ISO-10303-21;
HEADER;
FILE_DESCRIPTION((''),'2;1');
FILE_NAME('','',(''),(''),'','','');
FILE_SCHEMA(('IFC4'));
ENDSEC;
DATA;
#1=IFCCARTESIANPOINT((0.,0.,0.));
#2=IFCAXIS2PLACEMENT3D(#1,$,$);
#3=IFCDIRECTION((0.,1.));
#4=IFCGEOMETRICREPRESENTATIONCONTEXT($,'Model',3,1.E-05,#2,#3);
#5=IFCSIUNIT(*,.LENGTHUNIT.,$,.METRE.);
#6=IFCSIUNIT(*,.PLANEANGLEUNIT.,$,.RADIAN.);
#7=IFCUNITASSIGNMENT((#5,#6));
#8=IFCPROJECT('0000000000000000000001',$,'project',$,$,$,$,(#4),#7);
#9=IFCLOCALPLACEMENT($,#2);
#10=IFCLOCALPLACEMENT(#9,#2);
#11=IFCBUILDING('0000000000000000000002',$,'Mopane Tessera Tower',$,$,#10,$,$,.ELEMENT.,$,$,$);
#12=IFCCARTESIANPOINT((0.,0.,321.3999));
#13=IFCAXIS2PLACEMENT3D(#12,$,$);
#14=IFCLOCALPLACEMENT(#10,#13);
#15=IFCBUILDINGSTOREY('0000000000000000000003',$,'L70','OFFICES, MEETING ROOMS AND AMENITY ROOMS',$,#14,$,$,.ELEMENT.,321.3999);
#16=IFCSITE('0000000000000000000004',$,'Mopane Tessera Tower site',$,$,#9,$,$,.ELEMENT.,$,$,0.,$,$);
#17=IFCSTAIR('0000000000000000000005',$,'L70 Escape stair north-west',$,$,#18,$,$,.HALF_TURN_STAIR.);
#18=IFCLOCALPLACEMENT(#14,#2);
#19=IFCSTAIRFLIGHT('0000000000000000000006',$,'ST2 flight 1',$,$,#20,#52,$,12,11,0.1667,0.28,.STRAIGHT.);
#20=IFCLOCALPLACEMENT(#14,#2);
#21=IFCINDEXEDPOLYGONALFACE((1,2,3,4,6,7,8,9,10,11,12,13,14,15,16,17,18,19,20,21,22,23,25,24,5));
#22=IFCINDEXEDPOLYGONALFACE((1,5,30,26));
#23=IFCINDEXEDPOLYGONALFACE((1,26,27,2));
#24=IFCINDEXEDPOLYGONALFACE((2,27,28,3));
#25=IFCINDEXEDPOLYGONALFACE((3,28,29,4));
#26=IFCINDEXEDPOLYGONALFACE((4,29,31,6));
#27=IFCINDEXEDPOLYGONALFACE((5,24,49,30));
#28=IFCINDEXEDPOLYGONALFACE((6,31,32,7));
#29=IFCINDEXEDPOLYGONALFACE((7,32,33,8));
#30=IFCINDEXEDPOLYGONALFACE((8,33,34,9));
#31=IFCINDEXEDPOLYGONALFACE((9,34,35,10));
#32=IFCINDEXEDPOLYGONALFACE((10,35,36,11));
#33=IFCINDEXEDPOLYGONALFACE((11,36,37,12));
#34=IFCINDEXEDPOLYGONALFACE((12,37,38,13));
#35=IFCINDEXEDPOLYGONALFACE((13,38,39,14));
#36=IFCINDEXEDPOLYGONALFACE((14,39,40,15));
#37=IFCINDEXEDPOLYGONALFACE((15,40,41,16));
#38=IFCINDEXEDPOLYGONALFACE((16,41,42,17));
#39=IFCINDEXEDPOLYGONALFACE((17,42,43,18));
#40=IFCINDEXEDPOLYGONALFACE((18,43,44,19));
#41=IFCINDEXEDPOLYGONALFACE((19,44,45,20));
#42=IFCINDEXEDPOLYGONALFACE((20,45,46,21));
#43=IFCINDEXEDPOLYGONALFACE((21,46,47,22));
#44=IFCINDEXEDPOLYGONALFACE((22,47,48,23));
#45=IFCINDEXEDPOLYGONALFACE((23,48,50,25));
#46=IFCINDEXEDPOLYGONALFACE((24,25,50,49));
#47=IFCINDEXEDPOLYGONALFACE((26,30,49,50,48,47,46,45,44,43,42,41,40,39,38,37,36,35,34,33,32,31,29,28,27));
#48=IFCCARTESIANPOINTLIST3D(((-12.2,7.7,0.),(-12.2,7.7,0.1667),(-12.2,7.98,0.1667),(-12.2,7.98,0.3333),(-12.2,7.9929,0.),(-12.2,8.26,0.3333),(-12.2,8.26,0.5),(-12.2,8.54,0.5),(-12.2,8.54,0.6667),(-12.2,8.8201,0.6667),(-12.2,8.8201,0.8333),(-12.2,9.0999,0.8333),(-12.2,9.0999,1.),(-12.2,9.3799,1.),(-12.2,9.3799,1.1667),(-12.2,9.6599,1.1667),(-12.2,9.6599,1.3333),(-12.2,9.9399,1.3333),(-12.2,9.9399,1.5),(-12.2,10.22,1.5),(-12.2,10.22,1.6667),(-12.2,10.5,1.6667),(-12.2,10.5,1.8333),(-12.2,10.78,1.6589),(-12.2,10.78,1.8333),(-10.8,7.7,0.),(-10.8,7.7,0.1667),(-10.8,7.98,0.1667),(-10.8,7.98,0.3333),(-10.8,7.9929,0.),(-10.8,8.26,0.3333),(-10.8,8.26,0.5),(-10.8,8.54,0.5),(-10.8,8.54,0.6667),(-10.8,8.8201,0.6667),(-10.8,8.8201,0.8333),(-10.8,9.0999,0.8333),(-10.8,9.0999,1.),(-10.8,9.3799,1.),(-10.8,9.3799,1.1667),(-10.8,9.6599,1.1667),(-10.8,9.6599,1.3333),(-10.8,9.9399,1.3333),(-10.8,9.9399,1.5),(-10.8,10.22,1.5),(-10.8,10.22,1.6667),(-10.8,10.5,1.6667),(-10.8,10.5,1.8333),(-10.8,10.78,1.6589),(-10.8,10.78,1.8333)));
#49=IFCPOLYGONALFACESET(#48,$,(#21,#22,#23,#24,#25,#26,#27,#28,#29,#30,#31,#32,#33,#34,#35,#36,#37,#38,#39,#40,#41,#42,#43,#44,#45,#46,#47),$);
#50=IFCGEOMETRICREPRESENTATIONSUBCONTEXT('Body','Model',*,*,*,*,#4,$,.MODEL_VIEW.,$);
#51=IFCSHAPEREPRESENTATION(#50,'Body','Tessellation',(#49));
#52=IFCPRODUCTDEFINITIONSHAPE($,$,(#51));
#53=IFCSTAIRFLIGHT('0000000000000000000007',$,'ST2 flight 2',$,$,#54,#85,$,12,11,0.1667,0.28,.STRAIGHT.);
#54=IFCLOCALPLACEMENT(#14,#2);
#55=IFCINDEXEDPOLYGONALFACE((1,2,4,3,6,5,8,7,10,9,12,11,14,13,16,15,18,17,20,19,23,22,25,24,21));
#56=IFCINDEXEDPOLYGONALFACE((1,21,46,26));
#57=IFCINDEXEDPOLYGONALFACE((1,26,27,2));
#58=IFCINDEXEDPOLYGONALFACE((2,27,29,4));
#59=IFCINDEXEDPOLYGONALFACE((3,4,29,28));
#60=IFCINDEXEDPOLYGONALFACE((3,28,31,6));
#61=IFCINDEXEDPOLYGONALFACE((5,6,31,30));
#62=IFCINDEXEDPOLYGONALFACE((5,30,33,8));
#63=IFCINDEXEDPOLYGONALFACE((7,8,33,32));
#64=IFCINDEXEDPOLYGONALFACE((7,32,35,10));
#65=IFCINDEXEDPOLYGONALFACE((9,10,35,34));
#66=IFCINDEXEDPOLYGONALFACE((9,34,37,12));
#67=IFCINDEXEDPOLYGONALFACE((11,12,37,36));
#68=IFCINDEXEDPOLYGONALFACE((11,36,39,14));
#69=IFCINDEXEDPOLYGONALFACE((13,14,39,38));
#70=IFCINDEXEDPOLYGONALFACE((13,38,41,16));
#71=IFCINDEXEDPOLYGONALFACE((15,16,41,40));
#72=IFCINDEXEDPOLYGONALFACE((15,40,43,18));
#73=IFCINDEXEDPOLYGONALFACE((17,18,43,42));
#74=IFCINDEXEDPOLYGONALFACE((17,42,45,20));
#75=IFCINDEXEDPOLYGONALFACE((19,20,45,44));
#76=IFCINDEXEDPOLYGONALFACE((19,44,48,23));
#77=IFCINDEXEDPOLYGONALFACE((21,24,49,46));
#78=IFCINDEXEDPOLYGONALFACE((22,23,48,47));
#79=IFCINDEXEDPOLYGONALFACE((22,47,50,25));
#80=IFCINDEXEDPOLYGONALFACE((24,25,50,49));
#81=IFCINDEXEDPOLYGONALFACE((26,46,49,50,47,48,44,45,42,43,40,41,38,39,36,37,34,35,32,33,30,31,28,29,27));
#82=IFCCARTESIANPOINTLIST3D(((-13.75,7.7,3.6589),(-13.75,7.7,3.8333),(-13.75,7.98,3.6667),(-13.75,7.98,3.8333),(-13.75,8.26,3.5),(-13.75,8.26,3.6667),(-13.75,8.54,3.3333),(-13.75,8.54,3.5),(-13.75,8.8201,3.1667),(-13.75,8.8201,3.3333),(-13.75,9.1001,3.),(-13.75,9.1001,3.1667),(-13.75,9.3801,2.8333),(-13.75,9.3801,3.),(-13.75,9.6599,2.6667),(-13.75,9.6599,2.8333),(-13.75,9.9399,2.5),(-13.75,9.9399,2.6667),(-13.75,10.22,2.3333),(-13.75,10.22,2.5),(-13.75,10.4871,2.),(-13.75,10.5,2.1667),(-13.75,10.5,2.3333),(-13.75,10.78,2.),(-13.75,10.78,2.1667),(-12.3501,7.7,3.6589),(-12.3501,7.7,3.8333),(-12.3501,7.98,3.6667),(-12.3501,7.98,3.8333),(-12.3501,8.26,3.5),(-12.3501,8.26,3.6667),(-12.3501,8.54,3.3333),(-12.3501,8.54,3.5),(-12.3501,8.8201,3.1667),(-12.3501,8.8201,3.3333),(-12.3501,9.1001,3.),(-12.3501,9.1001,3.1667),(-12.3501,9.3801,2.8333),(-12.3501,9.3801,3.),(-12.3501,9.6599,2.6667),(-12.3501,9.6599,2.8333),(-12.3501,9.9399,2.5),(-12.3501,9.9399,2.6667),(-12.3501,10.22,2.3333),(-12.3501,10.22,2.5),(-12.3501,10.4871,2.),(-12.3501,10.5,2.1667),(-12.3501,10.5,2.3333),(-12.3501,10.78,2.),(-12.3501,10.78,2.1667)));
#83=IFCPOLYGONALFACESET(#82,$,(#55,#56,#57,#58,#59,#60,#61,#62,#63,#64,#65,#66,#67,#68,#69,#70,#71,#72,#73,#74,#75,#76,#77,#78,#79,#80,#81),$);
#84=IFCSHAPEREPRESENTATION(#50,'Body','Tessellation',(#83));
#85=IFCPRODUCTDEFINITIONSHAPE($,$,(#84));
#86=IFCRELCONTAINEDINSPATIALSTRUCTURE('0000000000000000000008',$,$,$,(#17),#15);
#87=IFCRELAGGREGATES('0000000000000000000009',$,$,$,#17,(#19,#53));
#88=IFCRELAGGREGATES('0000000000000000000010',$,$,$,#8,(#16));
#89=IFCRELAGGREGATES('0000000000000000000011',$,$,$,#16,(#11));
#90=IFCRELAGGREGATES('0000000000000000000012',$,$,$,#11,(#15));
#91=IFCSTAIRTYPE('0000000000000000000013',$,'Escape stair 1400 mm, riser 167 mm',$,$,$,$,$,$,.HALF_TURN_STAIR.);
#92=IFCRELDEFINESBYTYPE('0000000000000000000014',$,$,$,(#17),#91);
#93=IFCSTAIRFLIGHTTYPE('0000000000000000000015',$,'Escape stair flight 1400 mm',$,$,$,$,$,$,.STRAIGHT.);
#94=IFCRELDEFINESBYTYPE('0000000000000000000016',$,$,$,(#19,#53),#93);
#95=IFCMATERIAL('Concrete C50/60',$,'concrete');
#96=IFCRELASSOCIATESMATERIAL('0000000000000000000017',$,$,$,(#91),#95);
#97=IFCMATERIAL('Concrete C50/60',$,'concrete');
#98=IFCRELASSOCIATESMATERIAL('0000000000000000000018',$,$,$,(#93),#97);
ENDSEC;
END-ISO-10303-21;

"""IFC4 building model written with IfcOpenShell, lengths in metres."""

from ifc_helpers import new_model, si_unit, direction, frame, origin, place, context, subcontext, project, spatial, polyline, outline, extrude, material, type_object, element, aggregate, save


model = new_model("IFC4")

# Units and contexts
model_context = context("Model", 3, precision=1e-05, world=origin(), true_north=direction((0.0, 1.0)))
body_context = subcontext(model_context, "Body", "Model", "MODEL_VIEW")
ifc_project = project(units=[si_unit("LENGTHUNIT", "METRE"), si_unit("PLANEANGLEUNIT", "RADIAN")], contexts=[model_context])

# Site, building, storey
site_placement = place(None, origin())
site = spatial("IfcSite", under=ifc_project, at=site_placement, Name="Mopane Tessera Tower site", CompositionType="ELEMENT", RefElevation=0.0)
building_placement = place(site_placement, origin())
building = spatial("IfcBuilding", under=site, at=building_placement, Name="Mopane Tessera Tower", CompositionType="ELEMENT")
storey_placement = place(building_placement, frame((0.0, 0.0, 321.3999)))
storey = spatial("IfcBuildingStorey", under=building, at=storey_placement, Name="L70", Description="OFFICES, MEETING ROOMS AND AMENITY ROOMS", CompositionType="ELEMENT", Elevation=321.3999)

# Stair, stair flights
ifc_material_1 = material(Name="Concrete C50/60", Category="concrete")
stair_type = type_object("IfcStairType", Name="Escape stair 1400 mm, riser 167 mm", PredefinedType="HALF_TURN_STAIR", material=ifc_material_1)
stair_placement = place(storey_placement, origin())
stair = element("IfcStair", 1, at=stair_placement, inside=storey, type_object=stair_type, Name="L70 Escape stair north-west", PredefinedType="HALF_TURN_STAIR")
ifc_material_2 = material(Name="Concrete C50/60", Category="concrete")
stair_flight_type = type_object("IfcStairFlightType", Name="Escape stair flight 1400 mm", PredefinedType="STRAIGHT", material=ifc_material_2)
stair_flight_1_placement = place(storey_placement, frame((-11.5, 7.7, 0.0), z_axis=(0.0, 0.0, 1.0), x_axis=(0.0, 1.0, 0.0)))
stair_flight_1 = element("IfcStairFlight", 2, at=stair_flight_1_placement, type_object=stair_flight_type, Name="ST2 flight 1", NumberOfRisers=12, NumberOfTreads=11, PredefinedType="STRAIGHT", RiserHeight=0.1667, TreadLength=0.28, context=body_context, shape_type="SweptSolid", body=[
    extrude(outline(polyline([(0.0, 0.0), (0.0, 0.1667), (0.28, 0.1667), (0.28, 0.3333), (0.5601, 0.3333), (0.5601, 0.5), (0.8401, 0.5), (0.8401, 0.6667), (1.1201, 0.6667), (1.1201, 0.8333), (1.3999, 0.8333), (1.3999, 1.0), (1.6799, 1.0), (1.6799, 1.1667), (1.96, 1.1667), (1.96, 1.3333), (2.24, 1.3333), (2.24, 1.5), (2.52, 1.5), (2.52, 1.6667), (2.8, 1.6667), (2.8, 1.8333), (3.0801, 1.8333), (3.0801, 2.0), (3.0801, 1.6589), (0.293, 0.0), (0.0, 0.0)])), frame((0.0, 0.7, 0.0), z_axis=(0.0, -1.0, 0.0), x_axis=(1.0, 0.0, 0.0)), (0.0, 0.0, 1.0), 1.3999),
])
stair_flight_2_placement = place(storey_placement, frame((-13.05, 10.78, 2.0), z_axis=(0.0, 0.0, 1.0), x_axis=(0.0, -1.0, 0.0)))
stair_flight_2 = element("IfcStairFlight", 3, at=stair_flight_2_placement, type_object=stair_flight_type, Name="ST2 flight 2", NumberOfRisers=12, NumberOfTreads=11, PredefinedType="STRAIGHT", RiserHeight=0.1667, TreadLength=0.28, context=body_context, shape_type="SweptSolid", body=[
    extrude(outline(polyline([(0.0, 0.0), (0.0, 0.1667), (0.28, 0.1667), (0.28, 0.3333), (0.5601, 0.3333), (0.5601, 0.5), (0.8401, 0.5), (0.8401, 0.6667), (1.1201, 0.6667), (1.1201, 0.8333), (1.3999, 0.8333), (1.3999, 1.0), (1.6799, 1.0), (1.6799, 1.1667), (1.96, 1.1667), (1.96, 1.3333), (2.24, 1.3333), (2.24, 1.5), (2.52, 1.5), (2.52, 1.6667), (2.8, 1.6667), (2.8, 1.8333), (3.0801, 1.8333), (3.0801, 2.0), (3.0801, 1.6589), (0.293, 0.0), (0.0, 0.0)])), frame((0.0, 0.7, 0.0), z_axis=(0.0, -1.0, 0.0), x_axis=(1.0, 0.0, 0.0)), (0.0, 0.0, 1.0), 1.3999),
])
aggregate(stair, [stair_flight_1, stair_flight_2])

save(model, "model.ifc")
